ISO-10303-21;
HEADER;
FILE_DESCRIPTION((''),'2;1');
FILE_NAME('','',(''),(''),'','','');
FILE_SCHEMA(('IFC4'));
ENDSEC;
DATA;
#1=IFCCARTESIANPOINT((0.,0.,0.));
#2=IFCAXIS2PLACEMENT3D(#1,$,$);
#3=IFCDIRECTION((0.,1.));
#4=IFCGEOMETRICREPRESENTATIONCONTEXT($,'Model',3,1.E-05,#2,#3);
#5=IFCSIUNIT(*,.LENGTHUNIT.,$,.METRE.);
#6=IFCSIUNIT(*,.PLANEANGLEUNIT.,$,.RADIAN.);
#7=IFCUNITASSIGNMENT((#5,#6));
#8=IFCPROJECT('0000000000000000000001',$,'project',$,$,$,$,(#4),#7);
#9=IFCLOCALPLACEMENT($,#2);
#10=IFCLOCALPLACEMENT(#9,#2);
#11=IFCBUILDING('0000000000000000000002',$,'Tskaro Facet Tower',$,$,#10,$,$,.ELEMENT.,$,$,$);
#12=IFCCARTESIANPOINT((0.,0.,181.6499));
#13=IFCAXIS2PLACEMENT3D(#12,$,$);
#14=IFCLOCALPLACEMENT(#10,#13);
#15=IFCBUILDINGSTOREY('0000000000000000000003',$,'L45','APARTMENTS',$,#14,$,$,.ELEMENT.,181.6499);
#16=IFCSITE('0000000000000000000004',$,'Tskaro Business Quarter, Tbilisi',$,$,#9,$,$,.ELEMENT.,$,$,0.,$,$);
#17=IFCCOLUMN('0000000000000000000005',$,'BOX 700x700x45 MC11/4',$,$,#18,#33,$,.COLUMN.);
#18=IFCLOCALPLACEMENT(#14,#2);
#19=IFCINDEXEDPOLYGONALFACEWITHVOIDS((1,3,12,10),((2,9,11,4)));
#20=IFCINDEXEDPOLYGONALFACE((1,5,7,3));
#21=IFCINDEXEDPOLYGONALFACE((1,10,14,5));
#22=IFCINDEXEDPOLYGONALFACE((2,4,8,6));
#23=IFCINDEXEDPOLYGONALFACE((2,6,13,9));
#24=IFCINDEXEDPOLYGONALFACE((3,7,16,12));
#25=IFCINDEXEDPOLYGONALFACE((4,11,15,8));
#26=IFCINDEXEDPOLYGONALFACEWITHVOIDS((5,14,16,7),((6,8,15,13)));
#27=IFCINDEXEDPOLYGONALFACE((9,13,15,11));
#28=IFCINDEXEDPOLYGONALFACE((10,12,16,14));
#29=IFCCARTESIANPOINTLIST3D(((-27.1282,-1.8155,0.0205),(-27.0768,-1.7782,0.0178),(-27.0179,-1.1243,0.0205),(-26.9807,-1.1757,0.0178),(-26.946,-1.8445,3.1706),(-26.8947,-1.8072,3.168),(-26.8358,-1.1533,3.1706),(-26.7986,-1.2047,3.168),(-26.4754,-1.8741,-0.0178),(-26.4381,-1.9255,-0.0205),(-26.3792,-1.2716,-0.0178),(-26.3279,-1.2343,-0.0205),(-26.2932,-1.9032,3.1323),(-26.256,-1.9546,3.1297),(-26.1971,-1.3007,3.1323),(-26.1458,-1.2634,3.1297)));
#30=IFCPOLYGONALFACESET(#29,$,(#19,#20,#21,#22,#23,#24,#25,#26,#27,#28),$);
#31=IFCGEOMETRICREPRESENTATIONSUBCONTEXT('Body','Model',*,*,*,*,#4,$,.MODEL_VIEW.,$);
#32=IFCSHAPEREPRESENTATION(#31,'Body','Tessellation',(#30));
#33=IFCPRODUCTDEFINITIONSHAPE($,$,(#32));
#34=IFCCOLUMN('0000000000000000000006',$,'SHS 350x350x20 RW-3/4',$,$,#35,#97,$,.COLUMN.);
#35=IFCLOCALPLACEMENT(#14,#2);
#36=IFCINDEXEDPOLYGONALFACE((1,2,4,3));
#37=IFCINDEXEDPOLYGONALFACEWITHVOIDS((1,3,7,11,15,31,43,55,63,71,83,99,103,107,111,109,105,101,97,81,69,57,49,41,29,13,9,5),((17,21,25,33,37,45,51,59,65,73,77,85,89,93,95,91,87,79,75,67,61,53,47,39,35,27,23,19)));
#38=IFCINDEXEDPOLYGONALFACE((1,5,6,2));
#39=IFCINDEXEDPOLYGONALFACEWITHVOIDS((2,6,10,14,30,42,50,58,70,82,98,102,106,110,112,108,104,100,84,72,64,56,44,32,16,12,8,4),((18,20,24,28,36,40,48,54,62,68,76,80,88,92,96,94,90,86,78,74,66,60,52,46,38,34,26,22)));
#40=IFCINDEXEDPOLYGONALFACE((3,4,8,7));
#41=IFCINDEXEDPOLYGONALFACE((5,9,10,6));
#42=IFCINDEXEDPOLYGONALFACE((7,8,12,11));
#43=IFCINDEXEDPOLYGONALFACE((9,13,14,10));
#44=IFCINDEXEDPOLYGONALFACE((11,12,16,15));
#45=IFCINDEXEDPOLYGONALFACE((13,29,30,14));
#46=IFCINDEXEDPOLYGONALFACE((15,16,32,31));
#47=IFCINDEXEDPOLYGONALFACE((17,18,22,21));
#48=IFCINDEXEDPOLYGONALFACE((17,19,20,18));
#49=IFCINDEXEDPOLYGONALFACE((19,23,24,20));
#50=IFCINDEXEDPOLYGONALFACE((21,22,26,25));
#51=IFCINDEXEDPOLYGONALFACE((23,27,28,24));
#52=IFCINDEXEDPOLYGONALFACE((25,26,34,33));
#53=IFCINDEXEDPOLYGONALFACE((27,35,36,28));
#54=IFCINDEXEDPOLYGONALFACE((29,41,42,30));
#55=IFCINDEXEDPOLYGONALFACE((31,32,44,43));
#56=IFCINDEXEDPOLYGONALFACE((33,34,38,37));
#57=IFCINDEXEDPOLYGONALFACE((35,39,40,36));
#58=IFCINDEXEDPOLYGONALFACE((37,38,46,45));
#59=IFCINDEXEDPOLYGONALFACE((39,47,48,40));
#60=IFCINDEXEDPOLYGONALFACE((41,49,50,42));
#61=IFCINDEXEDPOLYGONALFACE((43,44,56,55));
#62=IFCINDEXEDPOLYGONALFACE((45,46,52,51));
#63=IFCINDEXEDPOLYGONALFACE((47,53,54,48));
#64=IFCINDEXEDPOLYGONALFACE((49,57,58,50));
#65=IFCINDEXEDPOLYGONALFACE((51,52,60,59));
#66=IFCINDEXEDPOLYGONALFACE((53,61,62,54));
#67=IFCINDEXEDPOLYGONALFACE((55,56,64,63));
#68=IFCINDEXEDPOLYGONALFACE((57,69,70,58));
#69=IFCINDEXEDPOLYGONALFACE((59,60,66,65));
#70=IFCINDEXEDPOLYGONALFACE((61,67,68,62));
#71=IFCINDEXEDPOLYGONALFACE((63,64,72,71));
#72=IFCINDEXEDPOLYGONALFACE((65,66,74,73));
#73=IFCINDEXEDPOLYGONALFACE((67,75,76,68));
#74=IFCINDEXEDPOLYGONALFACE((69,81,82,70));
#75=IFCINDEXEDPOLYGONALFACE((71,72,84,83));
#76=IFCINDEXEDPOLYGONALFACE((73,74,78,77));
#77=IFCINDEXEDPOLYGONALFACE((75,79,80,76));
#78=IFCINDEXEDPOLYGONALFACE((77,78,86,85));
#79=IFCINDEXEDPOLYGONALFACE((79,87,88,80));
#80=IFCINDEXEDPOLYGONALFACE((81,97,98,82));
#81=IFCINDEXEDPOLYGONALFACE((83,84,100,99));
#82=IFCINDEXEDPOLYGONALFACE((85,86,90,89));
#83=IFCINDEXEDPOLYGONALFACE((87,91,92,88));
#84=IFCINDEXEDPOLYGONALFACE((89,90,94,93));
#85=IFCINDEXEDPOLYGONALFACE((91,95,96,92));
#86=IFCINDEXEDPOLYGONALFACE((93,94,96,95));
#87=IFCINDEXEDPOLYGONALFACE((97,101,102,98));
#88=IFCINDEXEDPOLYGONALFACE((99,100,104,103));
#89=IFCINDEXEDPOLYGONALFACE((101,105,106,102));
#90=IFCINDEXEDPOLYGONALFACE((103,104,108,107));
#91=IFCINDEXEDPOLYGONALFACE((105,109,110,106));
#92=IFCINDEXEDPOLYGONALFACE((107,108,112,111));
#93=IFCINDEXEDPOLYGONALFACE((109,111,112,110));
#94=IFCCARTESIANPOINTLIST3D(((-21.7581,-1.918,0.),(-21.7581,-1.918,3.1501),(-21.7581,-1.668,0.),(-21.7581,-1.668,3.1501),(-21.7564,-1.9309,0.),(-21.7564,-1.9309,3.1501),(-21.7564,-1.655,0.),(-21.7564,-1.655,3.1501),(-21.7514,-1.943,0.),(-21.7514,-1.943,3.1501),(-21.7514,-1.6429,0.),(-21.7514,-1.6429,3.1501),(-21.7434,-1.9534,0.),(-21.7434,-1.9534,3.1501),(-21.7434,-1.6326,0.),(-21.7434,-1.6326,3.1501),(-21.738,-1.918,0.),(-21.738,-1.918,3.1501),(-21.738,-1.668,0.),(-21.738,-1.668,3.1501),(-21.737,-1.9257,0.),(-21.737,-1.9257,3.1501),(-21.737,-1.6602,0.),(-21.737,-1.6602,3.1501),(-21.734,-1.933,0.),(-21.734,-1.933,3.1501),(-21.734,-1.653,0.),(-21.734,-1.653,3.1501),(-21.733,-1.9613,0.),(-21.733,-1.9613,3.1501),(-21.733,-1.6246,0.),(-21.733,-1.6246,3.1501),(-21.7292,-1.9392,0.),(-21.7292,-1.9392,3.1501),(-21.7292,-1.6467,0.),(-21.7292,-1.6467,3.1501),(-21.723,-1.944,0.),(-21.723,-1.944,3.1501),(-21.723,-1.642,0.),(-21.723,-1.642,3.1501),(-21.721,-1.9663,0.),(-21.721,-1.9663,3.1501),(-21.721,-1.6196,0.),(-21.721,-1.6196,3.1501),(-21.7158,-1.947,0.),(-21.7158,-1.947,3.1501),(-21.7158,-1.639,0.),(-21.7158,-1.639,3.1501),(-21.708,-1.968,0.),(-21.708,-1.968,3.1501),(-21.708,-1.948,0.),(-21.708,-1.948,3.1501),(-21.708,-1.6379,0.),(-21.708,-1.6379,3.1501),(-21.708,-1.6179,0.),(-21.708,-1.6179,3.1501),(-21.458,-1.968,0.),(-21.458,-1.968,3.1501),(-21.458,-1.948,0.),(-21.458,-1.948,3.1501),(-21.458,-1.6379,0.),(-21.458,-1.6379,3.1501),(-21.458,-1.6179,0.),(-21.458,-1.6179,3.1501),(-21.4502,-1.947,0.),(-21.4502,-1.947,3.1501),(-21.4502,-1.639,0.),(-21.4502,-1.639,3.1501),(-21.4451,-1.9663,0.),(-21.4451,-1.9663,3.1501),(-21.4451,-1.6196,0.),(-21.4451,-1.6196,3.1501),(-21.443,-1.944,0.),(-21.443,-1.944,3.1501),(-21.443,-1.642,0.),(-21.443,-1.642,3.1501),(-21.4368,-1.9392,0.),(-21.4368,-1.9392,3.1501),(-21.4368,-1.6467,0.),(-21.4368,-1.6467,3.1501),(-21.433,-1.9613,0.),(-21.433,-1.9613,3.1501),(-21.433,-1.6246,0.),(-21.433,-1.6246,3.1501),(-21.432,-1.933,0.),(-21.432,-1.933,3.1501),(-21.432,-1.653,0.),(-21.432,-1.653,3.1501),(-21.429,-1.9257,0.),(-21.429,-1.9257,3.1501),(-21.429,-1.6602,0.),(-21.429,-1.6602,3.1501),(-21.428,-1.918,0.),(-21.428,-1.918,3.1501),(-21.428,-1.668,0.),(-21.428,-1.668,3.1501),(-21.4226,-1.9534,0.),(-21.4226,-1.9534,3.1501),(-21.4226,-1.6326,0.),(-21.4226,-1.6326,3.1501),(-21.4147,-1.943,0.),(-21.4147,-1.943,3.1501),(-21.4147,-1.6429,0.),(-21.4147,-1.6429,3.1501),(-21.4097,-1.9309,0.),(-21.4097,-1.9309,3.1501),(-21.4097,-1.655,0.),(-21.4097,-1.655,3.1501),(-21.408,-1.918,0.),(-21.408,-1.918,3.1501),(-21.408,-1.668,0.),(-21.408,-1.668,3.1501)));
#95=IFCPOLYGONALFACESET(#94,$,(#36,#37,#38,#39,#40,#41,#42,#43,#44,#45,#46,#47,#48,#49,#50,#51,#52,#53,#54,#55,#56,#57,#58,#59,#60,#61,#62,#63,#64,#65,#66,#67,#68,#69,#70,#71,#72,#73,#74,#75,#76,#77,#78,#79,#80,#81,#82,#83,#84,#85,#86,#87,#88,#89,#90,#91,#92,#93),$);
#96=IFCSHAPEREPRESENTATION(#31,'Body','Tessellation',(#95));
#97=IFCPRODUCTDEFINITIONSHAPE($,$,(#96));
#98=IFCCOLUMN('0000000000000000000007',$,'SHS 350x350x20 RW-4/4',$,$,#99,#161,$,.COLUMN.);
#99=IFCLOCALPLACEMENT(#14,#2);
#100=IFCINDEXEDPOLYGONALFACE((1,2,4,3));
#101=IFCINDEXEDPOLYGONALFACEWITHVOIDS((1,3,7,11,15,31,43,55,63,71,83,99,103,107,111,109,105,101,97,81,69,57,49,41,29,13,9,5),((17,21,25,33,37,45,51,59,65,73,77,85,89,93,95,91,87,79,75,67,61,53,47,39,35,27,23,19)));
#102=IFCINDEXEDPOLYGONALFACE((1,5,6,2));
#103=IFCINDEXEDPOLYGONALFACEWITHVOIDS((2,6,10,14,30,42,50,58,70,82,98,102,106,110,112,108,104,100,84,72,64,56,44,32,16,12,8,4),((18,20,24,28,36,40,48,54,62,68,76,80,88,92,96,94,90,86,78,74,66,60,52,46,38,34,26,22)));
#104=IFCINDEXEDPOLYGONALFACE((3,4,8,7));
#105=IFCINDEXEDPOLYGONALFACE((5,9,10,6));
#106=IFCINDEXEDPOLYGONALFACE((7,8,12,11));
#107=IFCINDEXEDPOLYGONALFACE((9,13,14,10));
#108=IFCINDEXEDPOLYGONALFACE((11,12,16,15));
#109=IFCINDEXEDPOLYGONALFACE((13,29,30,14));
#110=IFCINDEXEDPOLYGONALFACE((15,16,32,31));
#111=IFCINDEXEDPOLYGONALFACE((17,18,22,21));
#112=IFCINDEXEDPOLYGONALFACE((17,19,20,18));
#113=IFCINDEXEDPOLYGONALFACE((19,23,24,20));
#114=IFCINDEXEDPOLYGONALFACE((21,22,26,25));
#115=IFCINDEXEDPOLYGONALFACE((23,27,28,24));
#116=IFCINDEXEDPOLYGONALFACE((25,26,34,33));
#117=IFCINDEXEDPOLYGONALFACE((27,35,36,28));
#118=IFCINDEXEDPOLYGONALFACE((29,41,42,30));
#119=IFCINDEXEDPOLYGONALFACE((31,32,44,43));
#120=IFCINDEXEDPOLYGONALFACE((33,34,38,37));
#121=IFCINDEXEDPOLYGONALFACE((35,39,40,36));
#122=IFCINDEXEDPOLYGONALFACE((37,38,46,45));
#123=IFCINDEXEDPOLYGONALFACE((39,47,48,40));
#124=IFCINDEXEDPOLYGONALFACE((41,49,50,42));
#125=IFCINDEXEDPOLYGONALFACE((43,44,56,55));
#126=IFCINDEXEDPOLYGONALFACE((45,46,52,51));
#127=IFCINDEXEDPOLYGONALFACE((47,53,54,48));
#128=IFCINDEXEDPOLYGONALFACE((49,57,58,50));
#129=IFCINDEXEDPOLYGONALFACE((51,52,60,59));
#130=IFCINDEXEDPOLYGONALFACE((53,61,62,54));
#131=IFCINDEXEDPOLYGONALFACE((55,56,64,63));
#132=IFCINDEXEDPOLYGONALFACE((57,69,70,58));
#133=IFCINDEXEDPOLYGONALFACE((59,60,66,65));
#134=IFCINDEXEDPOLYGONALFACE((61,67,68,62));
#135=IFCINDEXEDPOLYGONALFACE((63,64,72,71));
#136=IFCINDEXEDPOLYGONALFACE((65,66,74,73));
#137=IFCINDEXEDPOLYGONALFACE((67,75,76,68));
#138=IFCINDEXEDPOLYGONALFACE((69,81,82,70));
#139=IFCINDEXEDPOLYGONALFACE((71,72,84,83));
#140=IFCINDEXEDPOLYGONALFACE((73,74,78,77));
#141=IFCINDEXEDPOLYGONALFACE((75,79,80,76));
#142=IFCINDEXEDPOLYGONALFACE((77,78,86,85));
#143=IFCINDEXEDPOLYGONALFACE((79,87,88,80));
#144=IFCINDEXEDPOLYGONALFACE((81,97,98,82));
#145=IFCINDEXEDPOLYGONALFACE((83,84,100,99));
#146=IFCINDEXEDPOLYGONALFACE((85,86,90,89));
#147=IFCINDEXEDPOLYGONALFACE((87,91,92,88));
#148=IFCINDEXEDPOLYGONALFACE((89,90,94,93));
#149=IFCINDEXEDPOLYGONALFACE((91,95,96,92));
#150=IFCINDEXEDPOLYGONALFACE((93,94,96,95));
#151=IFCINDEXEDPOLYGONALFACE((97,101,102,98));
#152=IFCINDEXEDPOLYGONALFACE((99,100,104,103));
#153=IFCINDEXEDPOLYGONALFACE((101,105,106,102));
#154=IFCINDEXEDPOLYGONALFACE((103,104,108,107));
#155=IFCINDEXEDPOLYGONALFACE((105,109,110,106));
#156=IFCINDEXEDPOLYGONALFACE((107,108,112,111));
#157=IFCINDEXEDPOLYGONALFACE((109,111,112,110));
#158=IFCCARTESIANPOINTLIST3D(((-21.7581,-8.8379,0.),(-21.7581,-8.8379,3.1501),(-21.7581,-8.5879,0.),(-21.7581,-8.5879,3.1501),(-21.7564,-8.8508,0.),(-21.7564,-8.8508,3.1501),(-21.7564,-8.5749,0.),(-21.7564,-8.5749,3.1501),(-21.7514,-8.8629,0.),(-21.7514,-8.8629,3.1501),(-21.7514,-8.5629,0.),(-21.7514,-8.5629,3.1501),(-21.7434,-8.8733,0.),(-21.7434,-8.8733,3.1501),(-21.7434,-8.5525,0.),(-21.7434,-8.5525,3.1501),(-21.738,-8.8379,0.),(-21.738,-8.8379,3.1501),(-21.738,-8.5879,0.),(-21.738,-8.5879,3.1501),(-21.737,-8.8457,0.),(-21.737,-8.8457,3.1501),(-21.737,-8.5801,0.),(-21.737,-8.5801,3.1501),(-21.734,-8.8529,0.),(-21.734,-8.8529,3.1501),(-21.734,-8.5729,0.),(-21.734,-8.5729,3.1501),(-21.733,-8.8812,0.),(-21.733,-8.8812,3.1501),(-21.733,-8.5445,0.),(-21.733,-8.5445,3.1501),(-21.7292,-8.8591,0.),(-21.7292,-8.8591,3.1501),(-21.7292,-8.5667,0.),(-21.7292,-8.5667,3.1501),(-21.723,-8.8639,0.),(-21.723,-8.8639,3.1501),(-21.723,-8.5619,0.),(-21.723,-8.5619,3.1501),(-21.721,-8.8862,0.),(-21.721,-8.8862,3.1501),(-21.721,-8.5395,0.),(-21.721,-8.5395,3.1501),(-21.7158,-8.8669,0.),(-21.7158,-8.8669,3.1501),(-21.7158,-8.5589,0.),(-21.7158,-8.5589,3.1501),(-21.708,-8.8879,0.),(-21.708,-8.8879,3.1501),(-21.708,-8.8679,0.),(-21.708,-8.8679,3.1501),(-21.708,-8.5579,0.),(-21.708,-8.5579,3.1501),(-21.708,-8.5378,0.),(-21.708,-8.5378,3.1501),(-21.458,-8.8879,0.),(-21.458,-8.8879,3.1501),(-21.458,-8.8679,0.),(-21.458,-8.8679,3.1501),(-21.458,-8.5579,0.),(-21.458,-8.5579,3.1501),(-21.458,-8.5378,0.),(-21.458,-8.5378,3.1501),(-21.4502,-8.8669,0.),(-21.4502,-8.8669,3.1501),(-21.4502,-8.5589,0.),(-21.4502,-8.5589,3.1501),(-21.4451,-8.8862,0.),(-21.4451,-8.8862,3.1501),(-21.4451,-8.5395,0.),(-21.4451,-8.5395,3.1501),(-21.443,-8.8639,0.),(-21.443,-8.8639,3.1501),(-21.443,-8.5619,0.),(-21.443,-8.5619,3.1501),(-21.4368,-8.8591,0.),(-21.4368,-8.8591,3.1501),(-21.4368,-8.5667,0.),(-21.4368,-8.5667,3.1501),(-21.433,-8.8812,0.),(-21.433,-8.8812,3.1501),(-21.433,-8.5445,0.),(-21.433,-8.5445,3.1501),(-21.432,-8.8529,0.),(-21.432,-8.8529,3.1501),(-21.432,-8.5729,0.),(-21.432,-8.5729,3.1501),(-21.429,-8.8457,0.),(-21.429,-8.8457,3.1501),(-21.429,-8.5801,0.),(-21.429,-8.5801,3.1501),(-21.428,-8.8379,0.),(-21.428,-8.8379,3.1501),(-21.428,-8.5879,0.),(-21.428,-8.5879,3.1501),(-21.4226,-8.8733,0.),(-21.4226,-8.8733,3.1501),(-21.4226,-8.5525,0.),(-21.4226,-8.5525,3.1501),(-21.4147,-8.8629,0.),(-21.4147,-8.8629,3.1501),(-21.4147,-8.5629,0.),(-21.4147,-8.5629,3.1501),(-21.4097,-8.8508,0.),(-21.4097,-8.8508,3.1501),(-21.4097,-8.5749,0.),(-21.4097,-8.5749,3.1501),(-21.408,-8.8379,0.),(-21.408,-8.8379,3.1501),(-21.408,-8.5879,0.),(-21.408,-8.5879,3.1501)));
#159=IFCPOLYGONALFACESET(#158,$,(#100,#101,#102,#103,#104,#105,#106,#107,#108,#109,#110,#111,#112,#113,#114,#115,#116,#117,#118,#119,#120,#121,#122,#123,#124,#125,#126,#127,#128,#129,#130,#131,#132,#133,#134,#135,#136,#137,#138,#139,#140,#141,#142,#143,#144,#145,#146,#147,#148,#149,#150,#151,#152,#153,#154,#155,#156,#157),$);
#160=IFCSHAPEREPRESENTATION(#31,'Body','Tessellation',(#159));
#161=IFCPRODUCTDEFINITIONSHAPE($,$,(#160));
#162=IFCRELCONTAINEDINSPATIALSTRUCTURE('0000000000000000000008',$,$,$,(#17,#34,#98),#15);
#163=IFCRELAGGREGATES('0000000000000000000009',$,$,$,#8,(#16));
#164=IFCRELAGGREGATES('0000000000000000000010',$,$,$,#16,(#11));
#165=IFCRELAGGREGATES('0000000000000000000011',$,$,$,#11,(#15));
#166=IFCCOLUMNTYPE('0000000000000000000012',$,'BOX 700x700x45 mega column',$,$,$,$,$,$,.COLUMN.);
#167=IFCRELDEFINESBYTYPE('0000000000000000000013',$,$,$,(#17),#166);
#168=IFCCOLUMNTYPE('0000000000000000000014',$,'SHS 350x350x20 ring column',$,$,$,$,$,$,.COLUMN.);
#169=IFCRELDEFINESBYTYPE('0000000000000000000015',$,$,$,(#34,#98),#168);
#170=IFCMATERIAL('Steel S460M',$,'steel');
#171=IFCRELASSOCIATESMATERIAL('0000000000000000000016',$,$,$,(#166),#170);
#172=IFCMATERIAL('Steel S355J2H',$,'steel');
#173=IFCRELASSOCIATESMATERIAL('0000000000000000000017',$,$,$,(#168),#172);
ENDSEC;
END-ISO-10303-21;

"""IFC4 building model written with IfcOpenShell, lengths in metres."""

from ifc_helpers import new_model, si_unit, direction, frame, origin, origin_2d, place, context, subcontext, project, spatial, hollow_rectangle, extrude, material, material_profile, profile_set, type_object, element, save


model = new_model("IFC4")

# Units and contexts
model_context = context("Model", 3, precision=1e-05, world=origin(), true_north=direction((0.0, 1.0)))
body_context = subcontext(model_context, "Body", "Model", "MODEL_VIEW")
ifc_project = project(units=[si_unit("LENGTHUNIT", "METRE"), si_unit("PLANEANGLEUNIT", "RADIAN")], contexts=[model_context])

# Site, building, storey
site_placement = place(None, origin())
site = spatial("IfcSite", under=ifc_project, at=site_placement, Name="Tskaro Business Quarter, Tbilisi", CompositionType="ELEMENT", RefElevation=0.0)
building_placement = place(site_placement, origin())
building = spatial("IfcBuilding", under=site, at=building_placement, Name="Tskaro Facet Tower", CompositionType="ELEMENT")
storey_placement = place(building_placement, frame((0.0, 0.0, 181.6499)))
storey = spatial("IfcBuildingStorey", under=building, at=storey_placement, Name="L45", Description="APARTMENTS", CompositionType="ELEMENT", Elevation=181.6499)

# Columns
ifc_material_1 = material(Name="Steel S460M", Category="steel")
ifc_material_profile_1 = material_profile(ifc_material_1, hollow_rectangle(XDim=0.7, YDim=0.7, WallThickness=0.0449, at=origin_2d()), Name="BOX 700x700x45")
ifc_profile_set_1 = profile_set([ifc_material_profile_1], Name="Steel S460M")
column_type_1 = type_object("IfcColumnType", Name="BOX 700x700x45 mega column", PredefinedType="COLUMN", material=ifc_profile_set_1)
column_placement = place(storey_placement, frame((-26.728, -1.5249, 0.0), z_axis=(0.057717, -0.009207, 0.998291), x_axis=(0.157526, 0.987515, 0.0)))
element("IfcColumn", 1, at=column_placement, inside=storey, type_object=column_type_1, Name="BOX 700x700x45 MC11/4", PredefinedType="COLUMN", context=body_context, shape_type="SweptSolid", body=[
    extrude(hollow_rectangle(XDim=0.7, YDim=0.7, WallThickness=0.0449, at=origin_2d()), origin(), (0.0, 0.0, 1.0), 3.1555),
])
ifc_material_2 = material(Name="Steel S355J2H", Category="steel")
ifc_material_profile_2 = material_profile(ifc_material_2, hollow_rectangle(XDim=0.3501, YDim=0.3501, WallThickness=0.02, InnerFilletRadius=0.03, OuterFilletRadius=0.05, at=origin_2d()), Name="SHS 350x350x20")
ifc_profile_set_2 = profile_set([ifc_material_profile_2], Name="Steel S355J2H")
column_type_2 = type_object("IfcColumnType", Name="SHS 350x350x20 ring column", PredefinedType="COLUMN", material=ifc_profile_set_2)
for number, where, z_axis, x_axis, name in (
    (2, (-21.583, -1.793, 0.0), (0.0, 0.0, 1.0), (1.0, 0.0, 0.0), "SHS 350x350x20 RW-3/4"),
    (3, (-21.583, -8.7129, 0.0), (0.0, 0.0, 1.0), (1.0, 0.0, 0.0), "SHS 350x350x20 RW-4/4"),
):
    element("IfcColumn", number, at=place(storey_placement, frame(where, z_axis=z_axis, x_axis=x_axis)), inside=storey, type_object=column_type_2, Name=name, PredefinedType="COLUMN", context=body_context, shape_type="SweptSolid", body=[
        extrude(hollow_rectangle(XDim=0.3501, YDim=0.3501, WallThickness=0.02, InnerFilletRadius=0.03, OuterFilletRadius=0.05, at=origin_2d()), origin(), (0.0, 0.0, 1.0), 3.1501),
    ])

save(model, "model.ifc")
